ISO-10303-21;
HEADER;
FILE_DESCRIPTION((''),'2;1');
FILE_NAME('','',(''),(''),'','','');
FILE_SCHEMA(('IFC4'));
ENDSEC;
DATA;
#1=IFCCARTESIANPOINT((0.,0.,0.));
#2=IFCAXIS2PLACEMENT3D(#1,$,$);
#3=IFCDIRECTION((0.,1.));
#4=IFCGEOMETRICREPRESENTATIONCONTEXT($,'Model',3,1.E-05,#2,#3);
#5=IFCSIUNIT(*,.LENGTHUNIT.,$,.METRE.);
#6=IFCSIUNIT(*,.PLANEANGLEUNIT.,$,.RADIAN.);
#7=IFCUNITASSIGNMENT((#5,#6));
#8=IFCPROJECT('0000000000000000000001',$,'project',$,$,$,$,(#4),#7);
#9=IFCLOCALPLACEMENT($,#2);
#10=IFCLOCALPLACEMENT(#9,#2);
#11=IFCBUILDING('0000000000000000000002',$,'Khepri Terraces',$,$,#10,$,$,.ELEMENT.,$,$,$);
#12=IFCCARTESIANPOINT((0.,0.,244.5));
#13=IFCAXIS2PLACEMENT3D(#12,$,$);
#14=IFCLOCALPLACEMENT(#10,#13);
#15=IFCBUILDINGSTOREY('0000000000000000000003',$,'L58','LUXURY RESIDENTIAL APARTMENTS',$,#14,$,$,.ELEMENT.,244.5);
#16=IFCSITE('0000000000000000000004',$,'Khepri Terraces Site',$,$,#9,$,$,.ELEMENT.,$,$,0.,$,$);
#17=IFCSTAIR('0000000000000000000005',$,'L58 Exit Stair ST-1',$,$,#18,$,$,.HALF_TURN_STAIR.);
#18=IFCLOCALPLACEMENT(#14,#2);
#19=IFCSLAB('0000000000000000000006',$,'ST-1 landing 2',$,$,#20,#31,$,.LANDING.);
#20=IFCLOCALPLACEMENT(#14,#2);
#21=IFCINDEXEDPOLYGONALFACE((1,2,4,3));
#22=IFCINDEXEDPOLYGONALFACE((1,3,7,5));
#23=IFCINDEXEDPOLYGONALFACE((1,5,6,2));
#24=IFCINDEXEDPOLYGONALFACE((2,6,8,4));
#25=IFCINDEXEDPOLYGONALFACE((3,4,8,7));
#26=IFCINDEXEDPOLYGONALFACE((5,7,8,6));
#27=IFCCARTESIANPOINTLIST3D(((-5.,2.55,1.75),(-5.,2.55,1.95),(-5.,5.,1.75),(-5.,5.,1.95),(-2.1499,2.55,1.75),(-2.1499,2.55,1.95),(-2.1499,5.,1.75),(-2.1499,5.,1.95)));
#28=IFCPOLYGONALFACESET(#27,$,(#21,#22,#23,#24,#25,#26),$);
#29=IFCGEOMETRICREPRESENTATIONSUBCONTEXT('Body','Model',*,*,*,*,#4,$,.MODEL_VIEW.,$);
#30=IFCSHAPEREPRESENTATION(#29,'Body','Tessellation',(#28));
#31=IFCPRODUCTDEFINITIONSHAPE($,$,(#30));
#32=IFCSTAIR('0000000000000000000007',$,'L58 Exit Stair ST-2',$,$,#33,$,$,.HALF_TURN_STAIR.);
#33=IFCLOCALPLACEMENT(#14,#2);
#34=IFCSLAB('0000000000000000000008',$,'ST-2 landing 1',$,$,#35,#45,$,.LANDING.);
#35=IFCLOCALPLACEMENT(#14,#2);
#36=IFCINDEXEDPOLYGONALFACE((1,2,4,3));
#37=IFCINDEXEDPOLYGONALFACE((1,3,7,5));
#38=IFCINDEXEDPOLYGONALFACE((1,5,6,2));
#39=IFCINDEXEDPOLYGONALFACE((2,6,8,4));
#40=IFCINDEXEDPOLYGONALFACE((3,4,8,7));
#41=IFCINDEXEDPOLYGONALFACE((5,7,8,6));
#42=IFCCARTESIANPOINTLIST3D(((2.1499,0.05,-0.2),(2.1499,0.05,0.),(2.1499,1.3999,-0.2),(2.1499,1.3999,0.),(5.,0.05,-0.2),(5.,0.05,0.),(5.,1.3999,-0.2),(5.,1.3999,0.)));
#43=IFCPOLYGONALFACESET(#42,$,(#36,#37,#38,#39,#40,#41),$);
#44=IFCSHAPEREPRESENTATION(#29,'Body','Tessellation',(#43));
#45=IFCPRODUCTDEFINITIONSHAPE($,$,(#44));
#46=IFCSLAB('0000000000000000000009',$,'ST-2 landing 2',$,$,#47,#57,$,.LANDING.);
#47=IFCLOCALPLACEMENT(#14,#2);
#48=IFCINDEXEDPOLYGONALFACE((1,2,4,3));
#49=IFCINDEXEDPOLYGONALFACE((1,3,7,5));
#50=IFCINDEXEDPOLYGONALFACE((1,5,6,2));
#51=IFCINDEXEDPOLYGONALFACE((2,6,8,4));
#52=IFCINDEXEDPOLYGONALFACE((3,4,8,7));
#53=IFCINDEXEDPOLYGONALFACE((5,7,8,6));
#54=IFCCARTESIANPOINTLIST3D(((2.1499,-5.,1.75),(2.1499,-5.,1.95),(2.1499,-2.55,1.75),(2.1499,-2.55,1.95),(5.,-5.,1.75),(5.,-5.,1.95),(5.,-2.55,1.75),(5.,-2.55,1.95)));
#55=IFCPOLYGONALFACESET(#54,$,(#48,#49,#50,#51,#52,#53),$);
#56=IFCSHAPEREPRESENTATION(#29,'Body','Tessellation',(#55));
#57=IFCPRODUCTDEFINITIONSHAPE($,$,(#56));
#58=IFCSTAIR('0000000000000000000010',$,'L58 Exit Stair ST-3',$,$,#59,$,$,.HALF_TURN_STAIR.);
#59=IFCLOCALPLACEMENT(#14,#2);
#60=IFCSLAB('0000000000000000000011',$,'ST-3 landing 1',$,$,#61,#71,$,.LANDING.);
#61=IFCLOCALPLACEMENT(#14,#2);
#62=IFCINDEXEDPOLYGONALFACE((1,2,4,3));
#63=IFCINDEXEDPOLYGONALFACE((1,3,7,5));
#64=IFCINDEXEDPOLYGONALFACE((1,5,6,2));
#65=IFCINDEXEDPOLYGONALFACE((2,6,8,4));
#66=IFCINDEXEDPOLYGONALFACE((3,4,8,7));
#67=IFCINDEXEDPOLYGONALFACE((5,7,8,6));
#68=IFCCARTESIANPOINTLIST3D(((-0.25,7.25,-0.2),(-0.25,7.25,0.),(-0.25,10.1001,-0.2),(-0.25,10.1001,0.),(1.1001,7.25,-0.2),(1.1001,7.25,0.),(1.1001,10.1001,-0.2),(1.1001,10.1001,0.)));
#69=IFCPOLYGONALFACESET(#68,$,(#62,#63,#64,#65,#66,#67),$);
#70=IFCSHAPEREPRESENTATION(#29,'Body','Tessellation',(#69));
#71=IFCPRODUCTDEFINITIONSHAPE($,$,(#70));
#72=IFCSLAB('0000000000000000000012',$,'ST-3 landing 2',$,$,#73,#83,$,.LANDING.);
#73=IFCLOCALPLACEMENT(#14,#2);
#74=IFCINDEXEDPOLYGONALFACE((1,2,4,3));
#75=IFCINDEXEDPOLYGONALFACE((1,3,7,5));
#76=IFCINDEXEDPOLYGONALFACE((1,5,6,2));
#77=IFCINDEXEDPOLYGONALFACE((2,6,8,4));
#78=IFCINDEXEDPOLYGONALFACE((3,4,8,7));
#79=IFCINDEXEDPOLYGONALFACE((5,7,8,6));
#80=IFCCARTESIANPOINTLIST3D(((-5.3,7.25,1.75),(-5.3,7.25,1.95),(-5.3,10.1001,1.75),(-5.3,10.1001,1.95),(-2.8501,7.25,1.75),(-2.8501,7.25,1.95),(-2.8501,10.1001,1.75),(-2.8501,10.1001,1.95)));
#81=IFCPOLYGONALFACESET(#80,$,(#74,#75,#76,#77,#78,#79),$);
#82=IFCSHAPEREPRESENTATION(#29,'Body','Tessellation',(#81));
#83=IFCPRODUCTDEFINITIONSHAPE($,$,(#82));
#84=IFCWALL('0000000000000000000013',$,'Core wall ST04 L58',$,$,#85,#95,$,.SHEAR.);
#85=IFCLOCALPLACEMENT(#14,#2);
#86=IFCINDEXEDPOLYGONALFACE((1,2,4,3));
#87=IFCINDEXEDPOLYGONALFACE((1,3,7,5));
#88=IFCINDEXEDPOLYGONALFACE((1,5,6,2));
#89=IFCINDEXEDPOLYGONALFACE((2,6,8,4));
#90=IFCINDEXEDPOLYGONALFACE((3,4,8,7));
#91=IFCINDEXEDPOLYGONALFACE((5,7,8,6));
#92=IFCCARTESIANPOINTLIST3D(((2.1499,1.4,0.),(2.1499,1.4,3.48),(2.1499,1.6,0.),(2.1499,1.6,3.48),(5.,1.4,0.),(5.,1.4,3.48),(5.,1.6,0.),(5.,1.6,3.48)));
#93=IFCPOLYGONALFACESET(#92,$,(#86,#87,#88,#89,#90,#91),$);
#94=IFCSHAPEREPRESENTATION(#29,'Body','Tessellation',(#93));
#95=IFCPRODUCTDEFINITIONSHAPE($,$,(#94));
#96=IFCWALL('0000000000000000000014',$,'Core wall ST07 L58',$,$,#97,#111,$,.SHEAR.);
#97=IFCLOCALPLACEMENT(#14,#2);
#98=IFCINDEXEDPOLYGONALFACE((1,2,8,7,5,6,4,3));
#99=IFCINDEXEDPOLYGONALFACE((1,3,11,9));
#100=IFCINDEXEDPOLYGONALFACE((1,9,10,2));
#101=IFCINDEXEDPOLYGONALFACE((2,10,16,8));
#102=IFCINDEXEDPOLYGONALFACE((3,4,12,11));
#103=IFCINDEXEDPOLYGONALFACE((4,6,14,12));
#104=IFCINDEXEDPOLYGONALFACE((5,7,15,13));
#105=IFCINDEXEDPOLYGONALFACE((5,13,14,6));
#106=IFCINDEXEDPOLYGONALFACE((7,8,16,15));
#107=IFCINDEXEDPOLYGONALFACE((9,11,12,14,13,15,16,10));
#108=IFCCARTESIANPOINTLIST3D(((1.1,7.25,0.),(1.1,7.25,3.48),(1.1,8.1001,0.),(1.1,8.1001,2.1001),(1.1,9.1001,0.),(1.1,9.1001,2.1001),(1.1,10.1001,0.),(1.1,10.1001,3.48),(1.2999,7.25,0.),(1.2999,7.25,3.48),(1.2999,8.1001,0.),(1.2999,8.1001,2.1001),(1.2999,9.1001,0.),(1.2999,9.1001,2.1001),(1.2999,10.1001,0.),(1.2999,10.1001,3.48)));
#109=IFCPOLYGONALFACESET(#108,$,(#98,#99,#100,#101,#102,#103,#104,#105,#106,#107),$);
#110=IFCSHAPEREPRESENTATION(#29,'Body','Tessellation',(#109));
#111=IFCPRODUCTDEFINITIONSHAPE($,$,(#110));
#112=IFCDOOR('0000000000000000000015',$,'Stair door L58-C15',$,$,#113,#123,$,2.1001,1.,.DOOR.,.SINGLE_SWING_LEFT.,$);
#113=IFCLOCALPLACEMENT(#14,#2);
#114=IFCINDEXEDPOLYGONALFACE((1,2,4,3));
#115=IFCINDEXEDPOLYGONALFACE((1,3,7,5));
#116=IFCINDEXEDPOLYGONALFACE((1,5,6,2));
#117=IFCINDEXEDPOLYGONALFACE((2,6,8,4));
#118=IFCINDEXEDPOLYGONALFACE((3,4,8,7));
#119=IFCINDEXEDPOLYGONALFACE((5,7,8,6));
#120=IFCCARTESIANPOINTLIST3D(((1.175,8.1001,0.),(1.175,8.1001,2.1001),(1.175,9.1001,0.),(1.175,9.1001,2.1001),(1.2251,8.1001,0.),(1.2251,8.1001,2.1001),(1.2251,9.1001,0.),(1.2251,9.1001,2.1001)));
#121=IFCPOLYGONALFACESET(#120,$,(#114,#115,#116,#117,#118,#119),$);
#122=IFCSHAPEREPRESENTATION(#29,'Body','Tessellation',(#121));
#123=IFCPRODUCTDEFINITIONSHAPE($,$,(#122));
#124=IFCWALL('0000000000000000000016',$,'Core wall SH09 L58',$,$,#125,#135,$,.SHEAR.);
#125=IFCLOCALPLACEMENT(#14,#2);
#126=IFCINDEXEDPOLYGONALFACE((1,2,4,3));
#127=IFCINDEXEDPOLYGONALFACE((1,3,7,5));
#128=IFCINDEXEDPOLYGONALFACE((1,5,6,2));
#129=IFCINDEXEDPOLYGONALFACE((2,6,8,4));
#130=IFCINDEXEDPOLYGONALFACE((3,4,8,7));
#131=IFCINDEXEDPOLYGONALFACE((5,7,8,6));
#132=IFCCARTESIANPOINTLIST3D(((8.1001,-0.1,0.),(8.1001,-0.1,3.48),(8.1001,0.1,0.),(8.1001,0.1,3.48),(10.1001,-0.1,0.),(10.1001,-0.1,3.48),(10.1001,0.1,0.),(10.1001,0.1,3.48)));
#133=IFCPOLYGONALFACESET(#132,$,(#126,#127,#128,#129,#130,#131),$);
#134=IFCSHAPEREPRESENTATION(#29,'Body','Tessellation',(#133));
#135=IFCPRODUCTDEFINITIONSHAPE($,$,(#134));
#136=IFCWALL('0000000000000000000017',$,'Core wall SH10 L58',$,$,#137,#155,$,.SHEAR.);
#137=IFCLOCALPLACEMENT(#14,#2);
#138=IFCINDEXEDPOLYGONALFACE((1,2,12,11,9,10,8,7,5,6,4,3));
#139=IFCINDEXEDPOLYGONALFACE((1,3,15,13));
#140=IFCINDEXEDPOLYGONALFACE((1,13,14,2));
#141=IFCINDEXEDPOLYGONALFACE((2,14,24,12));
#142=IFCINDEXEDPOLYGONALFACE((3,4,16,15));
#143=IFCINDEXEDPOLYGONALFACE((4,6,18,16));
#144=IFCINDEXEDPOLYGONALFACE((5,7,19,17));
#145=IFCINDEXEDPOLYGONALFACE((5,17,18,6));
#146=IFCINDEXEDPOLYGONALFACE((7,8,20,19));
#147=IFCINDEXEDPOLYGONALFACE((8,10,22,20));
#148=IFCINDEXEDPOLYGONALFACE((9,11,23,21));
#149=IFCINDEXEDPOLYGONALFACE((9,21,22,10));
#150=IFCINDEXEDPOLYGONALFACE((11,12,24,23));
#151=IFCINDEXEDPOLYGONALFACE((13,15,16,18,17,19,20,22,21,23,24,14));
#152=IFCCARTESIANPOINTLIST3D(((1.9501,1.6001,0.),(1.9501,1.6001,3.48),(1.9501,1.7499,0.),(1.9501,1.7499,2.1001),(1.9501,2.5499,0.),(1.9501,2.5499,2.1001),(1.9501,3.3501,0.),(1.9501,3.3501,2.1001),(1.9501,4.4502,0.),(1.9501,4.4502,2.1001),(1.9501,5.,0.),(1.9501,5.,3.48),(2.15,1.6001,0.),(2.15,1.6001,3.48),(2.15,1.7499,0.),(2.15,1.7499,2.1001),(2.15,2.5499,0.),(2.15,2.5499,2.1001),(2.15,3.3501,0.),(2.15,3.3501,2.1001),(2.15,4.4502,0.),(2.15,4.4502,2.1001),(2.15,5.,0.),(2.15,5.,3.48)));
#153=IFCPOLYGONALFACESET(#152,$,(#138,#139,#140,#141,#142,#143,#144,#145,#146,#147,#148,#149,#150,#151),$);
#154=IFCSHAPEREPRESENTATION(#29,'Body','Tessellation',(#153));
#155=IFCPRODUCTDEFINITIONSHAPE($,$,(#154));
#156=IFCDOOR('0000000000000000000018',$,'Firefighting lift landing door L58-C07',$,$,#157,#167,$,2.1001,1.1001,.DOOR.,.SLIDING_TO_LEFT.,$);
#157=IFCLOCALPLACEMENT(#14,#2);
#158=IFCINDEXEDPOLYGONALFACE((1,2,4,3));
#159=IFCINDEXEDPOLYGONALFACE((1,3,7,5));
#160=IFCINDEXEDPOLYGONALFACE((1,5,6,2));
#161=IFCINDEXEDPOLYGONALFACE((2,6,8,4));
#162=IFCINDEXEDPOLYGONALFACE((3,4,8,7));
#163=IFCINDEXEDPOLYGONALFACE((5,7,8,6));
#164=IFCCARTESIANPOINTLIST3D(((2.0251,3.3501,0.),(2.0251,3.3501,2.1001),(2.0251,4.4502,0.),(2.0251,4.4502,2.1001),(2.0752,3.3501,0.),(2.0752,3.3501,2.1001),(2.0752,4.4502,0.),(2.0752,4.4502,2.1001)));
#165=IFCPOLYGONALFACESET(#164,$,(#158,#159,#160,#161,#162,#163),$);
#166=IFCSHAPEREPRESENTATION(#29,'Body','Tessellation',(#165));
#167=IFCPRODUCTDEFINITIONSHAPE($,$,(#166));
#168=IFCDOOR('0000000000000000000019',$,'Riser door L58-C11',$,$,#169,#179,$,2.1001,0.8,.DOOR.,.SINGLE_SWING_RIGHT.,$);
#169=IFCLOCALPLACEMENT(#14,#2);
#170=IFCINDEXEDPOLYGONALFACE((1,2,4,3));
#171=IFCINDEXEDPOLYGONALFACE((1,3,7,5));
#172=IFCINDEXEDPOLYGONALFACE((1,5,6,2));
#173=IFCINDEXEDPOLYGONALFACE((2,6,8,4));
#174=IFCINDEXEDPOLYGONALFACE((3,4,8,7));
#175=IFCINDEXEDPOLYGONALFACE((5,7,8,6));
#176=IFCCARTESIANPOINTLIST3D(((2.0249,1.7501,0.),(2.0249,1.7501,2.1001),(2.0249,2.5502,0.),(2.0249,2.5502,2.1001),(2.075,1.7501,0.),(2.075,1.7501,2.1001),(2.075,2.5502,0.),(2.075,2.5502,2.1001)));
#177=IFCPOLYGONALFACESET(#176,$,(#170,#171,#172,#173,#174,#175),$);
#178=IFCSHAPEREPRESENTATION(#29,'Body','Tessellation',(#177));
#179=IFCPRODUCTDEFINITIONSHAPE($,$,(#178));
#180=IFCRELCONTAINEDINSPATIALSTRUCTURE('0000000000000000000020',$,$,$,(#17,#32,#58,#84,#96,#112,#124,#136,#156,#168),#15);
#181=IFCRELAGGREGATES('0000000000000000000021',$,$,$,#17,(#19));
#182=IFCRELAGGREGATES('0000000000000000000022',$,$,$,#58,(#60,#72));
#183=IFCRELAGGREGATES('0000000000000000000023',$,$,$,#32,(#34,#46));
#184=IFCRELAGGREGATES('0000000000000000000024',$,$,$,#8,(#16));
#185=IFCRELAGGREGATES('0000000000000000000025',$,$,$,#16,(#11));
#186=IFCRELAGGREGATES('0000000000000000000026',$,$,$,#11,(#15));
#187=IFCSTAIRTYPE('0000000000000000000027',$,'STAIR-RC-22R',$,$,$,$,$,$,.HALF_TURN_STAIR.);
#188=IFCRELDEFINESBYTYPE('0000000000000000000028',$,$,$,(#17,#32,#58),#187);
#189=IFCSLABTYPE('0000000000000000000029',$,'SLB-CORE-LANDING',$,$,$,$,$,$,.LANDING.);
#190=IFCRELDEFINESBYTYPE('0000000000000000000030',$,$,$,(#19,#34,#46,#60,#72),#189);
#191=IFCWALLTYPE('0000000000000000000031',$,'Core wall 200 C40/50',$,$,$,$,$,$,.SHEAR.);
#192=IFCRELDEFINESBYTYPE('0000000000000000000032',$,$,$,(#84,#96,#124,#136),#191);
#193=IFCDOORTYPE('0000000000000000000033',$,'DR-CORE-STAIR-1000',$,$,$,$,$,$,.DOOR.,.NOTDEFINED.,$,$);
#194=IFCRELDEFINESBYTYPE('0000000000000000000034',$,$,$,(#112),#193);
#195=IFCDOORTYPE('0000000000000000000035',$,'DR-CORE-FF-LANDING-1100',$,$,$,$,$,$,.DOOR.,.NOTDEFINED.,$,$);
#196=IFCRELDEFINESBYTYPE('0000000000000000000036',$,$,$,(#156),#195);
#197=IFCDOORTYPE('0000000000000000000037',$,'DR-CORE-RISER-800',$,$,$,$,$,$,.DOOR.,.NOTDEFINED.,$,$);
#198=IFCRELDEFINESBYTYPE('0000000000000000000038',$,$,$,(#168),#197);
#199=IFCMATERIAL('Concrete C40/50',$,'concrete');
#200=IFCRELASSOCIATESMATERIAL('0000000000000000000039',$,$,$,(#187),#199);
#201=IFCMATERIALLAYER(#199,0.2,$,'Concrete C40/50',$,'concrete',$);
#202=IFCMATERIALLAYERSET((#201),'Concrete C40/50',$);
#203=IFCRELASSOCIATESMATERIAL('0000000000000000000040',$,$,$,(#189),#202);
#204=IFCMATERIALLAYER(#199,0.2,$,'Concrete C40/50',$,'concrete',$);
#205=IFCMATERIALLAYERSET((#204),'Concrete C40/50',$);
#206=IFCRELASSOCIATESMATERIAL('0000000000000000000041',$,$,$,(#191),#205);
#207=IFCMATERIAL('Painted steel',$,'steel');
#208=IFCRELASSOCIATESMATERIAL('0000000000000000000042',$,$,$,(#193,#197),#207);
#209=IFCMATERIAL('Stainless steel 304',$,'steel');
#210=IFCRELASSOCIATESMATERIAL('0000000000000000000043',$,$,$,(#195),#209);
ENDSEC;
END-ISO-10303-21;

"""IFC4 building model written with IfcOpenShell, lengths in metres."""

from ifc_helpers import new_model, si_unit, direction, frame, frame_2d, origin, place, context, subcontext, project, spatial, polyline, rectangle, outline, extrude, material, layer, layer_set, type_object, element, fill, aggregate, save


model = new_model("IFC4")

# Units and contexts
model_context = context("Model", 3, precision=1e-05, world=origin(), true_north=direction((0.0, 1.0)))
body_context = subcontext(model_context, "Body", "Model", "MODEL_VIEW")
ifc_project = project(units=[si_unit("LENGTHUNIT", "METRE"), si_unit("PLANEANGLEUNIT", "RADIAN")], contexts=[model_context])

# Site, building, storey
site_placement = place(None, origin())
site = spatial("IfcSite", under=ifc_project, at=site_placement, Name="Khepri Terraces Site", CompositionType="ELEMENT", RefElevation=0.0)
building_placement = place(site_placement, origin())
building = spatial("IfcBuilding", under=site, at=building_placement, Name="Khepri Terraces", CompositionType="ELEMENT")
storey_placement = place(building_placement, frame((0.0, 0.0, 244.5)))
storey = spatial("IfcBuildingStorey", under=building, at=storey_placement, Name="L58", Description="LUXURY RESIDENTIAL APARTMENTS", CompositionType="ELEMENT", Elevation=244.5)

# Stair, slab
ifc_material_1 = material(Name="Concrete C40/50", Category="concrete")
stair_type = type_object("IfcStairType", Name="STAIR-RC-22R", PredefinedType="HALF_TURN_STAIR", material=ifc_material_1)
stair_1_placement = place(storey_placement, origin())
stair_1 = element("IfcStair", 1, at=stair_1_placement, inside=storey, type_object=stair_type, Name="L58 Exit Stair ST-1", PredefinedType="HALF_TURN_STAIR")
ifc_layer_1 = layer(ifc_material_1, 0.2, Name="Concrete C40/50", Category="concrete")
ifc_layer_set_1 = layer_set([ifc_layer_1], Name="Concrete C40/50")
slab_type = type_object("IfcSlabType", Name="SLB-CORE-LANDING", PredefinedType="LANDING", material=ifc_layer_set_1)
slab_1_placement = place(storey_placement, frame((0.0, 0.0, 1.75)))
slab_1 = element("IfcSlab", 2, at=slab_1_placement, type_object=slab_type, Name="ST-1 landing 2", PredefinedType="LANDING", context=body_context, shape_type="SweptSolid", body=[
    extrude(outline(polyline([(-2.1499, 2.55), (-2.1499, 5.0), (-5.0, 5.0), (-5.0, 2.55), (-2.1499, 2.55)])), origin(), (0.0, 0.0, 1.0), 0.2),
])
aggregate(stair_1, [slab_1])

# Stairs, slabs
stair_2_placement = place(storey_placement, origin())
stair_2 = element("IfcStair", 3, at=stair_2_placement, inside=storey, type_object=stair_type, Name="L58 Exit Stair ST-2", PredefinedType="HALF_TURN_STAIR")
slab_2_placement = place(storey_placement, frame((0.0, 0.0, -0.2)))
slab_2 = element("IfcSlab", 4, at=slab_2_placement, type_object=slab_type, Name="ST-2 landing 1", PredefinedType="LANDING", context=body_context, shape_type="SweptSolid", body=[
    extrude(outline(polyline([(2.1499, 1.3999), (2.1499, 0.05), (5.0, 0.05), (5.0, 1.3999), (2.1499, 1.3999)])), origin(), (0.0, 0.0, 1.0), 0.2),
])
slab_3_placement = place(storey_placement, frame((0.0, 0.0, 1.75)))
slab_3 = element("IfcSlab", 5, at=slab_3_placement, type_object=slab_type, Name="ST-2 landing 2", PredefinedType="LANDING", context=body_context, shape_type="SweptSolid", body=[
    extrude(outline(polyline([(2.1499, -2.55), (2.1499, -5.0), (5.0, -5.0), (5.0, -2.55), (2.1499, -2.55)])), origin(), (0.0, 0.0, 1.0), 0.2),
])
stair_3_placement = place(storey_placement, origin())
stair_3 = element("IfcStair", 6, at=stair_3_placement, inside=storey, type_object=stair_type, Name="L58 Exit Stair ST-3", PredefinedType="HALF_TURN_STAIR")
slab_4_placement = place(storey_placement, frame((0.0, 0.0, -0.2)))
slab_4 = element("IfcSlab", 7, at=slab_4_placement, type_object=slab_type, Name="ST-3 landing 1", PredefinedType="LANDING", context=body_context, shape_type="SweptSolid", body=[
    extrude(outline(polyline([(1.1001, 10.1001), (-0.25, 10.1001), (-0.25, 7.25), (1.1001, 7.25), (1.1001, 10.1001)])), origin(), (0.0, 0.0, 1.0), 0.2),
])
slab_5_placement = place(storey_placement, frame((0.0, 0.0, 1.75)))
slab_5 = element("IfcSlab", 8, at=slab_5_placement, type_object=slab_type, Name="ST-3 landing 2", PredefinedType="LANDING", context=body_context, shape_type="SweptSolid", body=[
    extrude(outline(polyline([(-2.8501, 10.1001), (-5.3, 10.1001), (-5.3, 7.25), (-2.8501, 7.25), (-2.8501, 10.1001)])), origin(), (0.0, 0.0, 1.0), 0.2),
])
aggregate(stair_3, [slab_4, slab_5])

# Wall
ifc_layer_2 = layer(ifc_material_1, 0.2, Name="Concrete C40/50", Category="concrete")
ifc_layer_set_2 = layer_set([ifc_layer_2], Name="Concrete C40/50")
wall_type_1 = type_object("IfcWallType", Name="Core wall 200 C40/50", PredefinedType="SHEAR", material=ifc_layer_set_2)
wall_1_placement = place(storey_placement, frame((2.1499, 1.5, 0.0), z_axis=(0.0, 0.0, 1.0), x_axis=(1.0, 0.0, 0.0)))
element("IfcWall", 9, at=wall_1_placement, inside=storey, type_object=wall_type_1, Name="Core wall ST04 L58", PredefinedType="SHEAR", context=body_context, shape_type="SweptSolid", body=[
    extrude(rectangle(XDim=2.8501, YDim=0.2, at=frame_2d((1.425, 0.0))), origin(), (0.0, 0.0, 1.0), 3.48),
])

# Wall, opening, door
wall_2_placement = place(storey_placement, frame((1.2, 7.25, 0.0), z_axis=(0.0, 0.0, 1.0), x_axis=(0.0, 1.0, 0.0)))
wall_2 = element("IfcWall", 10, at=wall_2_placement, inside=storey, type_object=wall_type_1, Name="Core wall ST07 L58", PredefinedType="SHEAR", context=body_context, shape_type="SweptSolid", body=[
    extrude(rectangle(XDim=2.8501, YDim=0.2, at=frame_2d((1.425, 0.0))), origin(), (0.0, 0.0, 1.0), 3.48),
])
opening_1_placement = place(wall_2_placement, frame((0.8501, 0.0, 0.0)))
opening_1 = element("IfcOpeningElement", 11, at=opening_1_placement, cuts=wall_2, PredefinedType="OPENING", context=body_context, shape_type="SweptSolid", body=[
    extrude(rectangle(XDim=1.0, YDim=2.1001, at=frame_2d((0.5, 1.05))), frame((0.0, 0.1099, 0.0), z_axis=(0.0, -1.0, 0.0), x_axis=(1.0, 0.0, 0.0)), (0.0, 0.0, 1.0), 0.22),
])
ifc_material_2 = material(Name="Painted steel", Category="steel")
door_type_1 = type_object("IfcDoorType", Name="DR-CORE-STAIR-1000", OperationType="NOTDEFINED", PredefinedType="DOOR", material=ifc_material_2)
door_1_placement = place(opening_1_placement, origin())
door_1 = element("IfcDoor", 12, at=door_1_placement, inside=storey, type_object=door_type_1, Name="Stair door L58-C15", OperationType="SINGLE_SWING_LEFT", OverallHeight=2.1001, OverallWidth=1.0, PredefinedType="DOOR", context=body_context, shape_type="SweptSolid", body=[
    extrude(rectangle(XDim=1.0, YDim=2.1001, at=frame_2d((0.5, 1.05))), frame((0.0, 0.0249, 0.0), z_axis=(0.0, -1.0, 0.0), x_axis=(1.0, 0.0, 0.0)), (0.0, 0.0, 1.0), 0.05),
])
fill(opening_1, door_1)

# Wall
wall_3_placement = place(storey_placement, frame((8.1001, 0.0, 0.0), z_axis=(0.0, 0.0, 1.0), x_axis=(1.0, 0.0, 0.0)))
element("IfcWall", 13, at=wall_3_placement, inside=storey, type_object=wall_type_1, Name="Core wall SH09 L58", PredefinedType="SHEAR", context=body_context, shape_type="SweptSolid", body=[
    extrude(rectangle(XDim=2.0, YDim=0.2, at=frame_2d((1.0, 0.0))), origin(), (0.0, 0.0, 1.0), 3.48),
])

# Wall, openings, doors
wall_4_placement = place(storey_placement, frame((2.05, 1.6001, 0.0), z_axis=(0.0, 0.0, 1.0), x_axis=(0.0, 1.0, 0.0)))
wall_4 = element("IfcWall", 14, at=wall_4_placement, inside=storey, type_object=wall_type_1, Name="Core wall SH10 L58", PredefinedType="SHEAR", context=body_context, shape_type="SweptSolid", body=[
    extrude(rectangle(XDim=3.3999, YDim=0.2, at=frame_2d((1.7, 0.0))), origin(), (0.0, 0.0, 1.0), 3.48),
])
opening_2_placement = place(wall_4_placement, frame((1.75, 0.0, 0.0)))
opening_2 = element("IfcOpeningElement", 15, at=opening_2_placement, cuts=wall_4, PredefinedType="OPENING", context=body_context, shape_type="SweptSolid", body=[
    extrude(rectangle(XDim=1.1001, YDim=2.1001, at=frame_2d((0.55, 1.05))), frame((0.0, 0.1099, 0.0), z_axis=(0.0, -1.0, 0.0), x_axis=(1.0, 0.0, 0.0)), (0.0, 0.0, 1.0), 0.22),
])
opening_3_placement = place(wall_4_placement, frame((0.1499, 0.0, 0.0)))
opening_3 = element("IfcOpeningElement", 16, at=opening_3_placement, cuts=wall_4, PredefinedType="OPENING", context=body_context, shape_type="SweptSolid", body=[
    extrude(rectangle(XDim=0.8, YDim=2.1001, at=frame_2d((0.3999, 1.05))), frame((0.0, 0.1099, 0.0), z_axis=(0.0, -1.0, 0.0), x_axis=(1.0, 0.0, 0.0)), (0.0, 0.0, 1.0), 0.22),
])
ifc_material_3 = material(Name="Stainless steel 304", Category="steel")
door_type_2 = type_object("IfcDoorType", Name="DR-CORE-FF-LANDING-1100", OperationType="NOTDEFINED", PredefinedType="DOOR", material=ifc_material_3)
door_2_placement = place(opening_2_placement, origin())
door_2 = element("IfcDoor", 17, at=door_2_placement, inside=storey, type_object=door_type_2, Name="Firefighting lift landing door L58-C07", OperationType="SLIDING_TO_LEFT", OverallHeight=2.1001, OverallWidth=1.1001, PredefinedType="DOOR", context=body_context, shape_type="SweptSolid", body=[
    extrude(rectangle(XDim=1.1001, YDim=2.1001, at=frame_2d((0.55, 1.05))), frame((0.0, 0.0249, 0.0), z_axis=(0.0, -1.0, 0.0), x_axis=(1.0, 0.0, 0.0)), (0.0, 0.0, 1.0), 0.05),
])
fill(opening_2, door_2)
door_type_3 = type_object("IfcDoorType", Name="DR-CORE-RISER-800", OperationType="NOTDEFINED", PredefinedType="DOOR", material=ifc_material_2)
door_3_placement = place(opening_3_placement, frame((0.8, 0.0, 0.0), z_axis=(0.0, 0.0, 1.0), x_axis=(-1.0, 0.0, 0.0)))
door_3 = element("IfcDoor", 18, at=door_3_placement, inside=storey, type_object=door_type_3, Name="Riser door L58-C11", OperationType="SINGLE_SWING_RIGHT", OverallHeight=2.1001, OverallWidth=0.8, PredefinedType="DOOR", context=body_context, shape_type="SweptSolid", body=[
    extrude(rectangle(XDim=0.8, YDim=2.1001, at=frame_2d((0.3999, 1.05))), frame((0.0, 0.0249, 0.0), z_axis=(0.0, -1.0, 0.0), x_axis=(1.0, 0.0, 0.0)), (0.0, 0.0, 1.0), 0.05),
])
fill(opening_3, door_3)

aggregate(stair_2, [slab_2, slab_3])

save(model, "model.ifc")
